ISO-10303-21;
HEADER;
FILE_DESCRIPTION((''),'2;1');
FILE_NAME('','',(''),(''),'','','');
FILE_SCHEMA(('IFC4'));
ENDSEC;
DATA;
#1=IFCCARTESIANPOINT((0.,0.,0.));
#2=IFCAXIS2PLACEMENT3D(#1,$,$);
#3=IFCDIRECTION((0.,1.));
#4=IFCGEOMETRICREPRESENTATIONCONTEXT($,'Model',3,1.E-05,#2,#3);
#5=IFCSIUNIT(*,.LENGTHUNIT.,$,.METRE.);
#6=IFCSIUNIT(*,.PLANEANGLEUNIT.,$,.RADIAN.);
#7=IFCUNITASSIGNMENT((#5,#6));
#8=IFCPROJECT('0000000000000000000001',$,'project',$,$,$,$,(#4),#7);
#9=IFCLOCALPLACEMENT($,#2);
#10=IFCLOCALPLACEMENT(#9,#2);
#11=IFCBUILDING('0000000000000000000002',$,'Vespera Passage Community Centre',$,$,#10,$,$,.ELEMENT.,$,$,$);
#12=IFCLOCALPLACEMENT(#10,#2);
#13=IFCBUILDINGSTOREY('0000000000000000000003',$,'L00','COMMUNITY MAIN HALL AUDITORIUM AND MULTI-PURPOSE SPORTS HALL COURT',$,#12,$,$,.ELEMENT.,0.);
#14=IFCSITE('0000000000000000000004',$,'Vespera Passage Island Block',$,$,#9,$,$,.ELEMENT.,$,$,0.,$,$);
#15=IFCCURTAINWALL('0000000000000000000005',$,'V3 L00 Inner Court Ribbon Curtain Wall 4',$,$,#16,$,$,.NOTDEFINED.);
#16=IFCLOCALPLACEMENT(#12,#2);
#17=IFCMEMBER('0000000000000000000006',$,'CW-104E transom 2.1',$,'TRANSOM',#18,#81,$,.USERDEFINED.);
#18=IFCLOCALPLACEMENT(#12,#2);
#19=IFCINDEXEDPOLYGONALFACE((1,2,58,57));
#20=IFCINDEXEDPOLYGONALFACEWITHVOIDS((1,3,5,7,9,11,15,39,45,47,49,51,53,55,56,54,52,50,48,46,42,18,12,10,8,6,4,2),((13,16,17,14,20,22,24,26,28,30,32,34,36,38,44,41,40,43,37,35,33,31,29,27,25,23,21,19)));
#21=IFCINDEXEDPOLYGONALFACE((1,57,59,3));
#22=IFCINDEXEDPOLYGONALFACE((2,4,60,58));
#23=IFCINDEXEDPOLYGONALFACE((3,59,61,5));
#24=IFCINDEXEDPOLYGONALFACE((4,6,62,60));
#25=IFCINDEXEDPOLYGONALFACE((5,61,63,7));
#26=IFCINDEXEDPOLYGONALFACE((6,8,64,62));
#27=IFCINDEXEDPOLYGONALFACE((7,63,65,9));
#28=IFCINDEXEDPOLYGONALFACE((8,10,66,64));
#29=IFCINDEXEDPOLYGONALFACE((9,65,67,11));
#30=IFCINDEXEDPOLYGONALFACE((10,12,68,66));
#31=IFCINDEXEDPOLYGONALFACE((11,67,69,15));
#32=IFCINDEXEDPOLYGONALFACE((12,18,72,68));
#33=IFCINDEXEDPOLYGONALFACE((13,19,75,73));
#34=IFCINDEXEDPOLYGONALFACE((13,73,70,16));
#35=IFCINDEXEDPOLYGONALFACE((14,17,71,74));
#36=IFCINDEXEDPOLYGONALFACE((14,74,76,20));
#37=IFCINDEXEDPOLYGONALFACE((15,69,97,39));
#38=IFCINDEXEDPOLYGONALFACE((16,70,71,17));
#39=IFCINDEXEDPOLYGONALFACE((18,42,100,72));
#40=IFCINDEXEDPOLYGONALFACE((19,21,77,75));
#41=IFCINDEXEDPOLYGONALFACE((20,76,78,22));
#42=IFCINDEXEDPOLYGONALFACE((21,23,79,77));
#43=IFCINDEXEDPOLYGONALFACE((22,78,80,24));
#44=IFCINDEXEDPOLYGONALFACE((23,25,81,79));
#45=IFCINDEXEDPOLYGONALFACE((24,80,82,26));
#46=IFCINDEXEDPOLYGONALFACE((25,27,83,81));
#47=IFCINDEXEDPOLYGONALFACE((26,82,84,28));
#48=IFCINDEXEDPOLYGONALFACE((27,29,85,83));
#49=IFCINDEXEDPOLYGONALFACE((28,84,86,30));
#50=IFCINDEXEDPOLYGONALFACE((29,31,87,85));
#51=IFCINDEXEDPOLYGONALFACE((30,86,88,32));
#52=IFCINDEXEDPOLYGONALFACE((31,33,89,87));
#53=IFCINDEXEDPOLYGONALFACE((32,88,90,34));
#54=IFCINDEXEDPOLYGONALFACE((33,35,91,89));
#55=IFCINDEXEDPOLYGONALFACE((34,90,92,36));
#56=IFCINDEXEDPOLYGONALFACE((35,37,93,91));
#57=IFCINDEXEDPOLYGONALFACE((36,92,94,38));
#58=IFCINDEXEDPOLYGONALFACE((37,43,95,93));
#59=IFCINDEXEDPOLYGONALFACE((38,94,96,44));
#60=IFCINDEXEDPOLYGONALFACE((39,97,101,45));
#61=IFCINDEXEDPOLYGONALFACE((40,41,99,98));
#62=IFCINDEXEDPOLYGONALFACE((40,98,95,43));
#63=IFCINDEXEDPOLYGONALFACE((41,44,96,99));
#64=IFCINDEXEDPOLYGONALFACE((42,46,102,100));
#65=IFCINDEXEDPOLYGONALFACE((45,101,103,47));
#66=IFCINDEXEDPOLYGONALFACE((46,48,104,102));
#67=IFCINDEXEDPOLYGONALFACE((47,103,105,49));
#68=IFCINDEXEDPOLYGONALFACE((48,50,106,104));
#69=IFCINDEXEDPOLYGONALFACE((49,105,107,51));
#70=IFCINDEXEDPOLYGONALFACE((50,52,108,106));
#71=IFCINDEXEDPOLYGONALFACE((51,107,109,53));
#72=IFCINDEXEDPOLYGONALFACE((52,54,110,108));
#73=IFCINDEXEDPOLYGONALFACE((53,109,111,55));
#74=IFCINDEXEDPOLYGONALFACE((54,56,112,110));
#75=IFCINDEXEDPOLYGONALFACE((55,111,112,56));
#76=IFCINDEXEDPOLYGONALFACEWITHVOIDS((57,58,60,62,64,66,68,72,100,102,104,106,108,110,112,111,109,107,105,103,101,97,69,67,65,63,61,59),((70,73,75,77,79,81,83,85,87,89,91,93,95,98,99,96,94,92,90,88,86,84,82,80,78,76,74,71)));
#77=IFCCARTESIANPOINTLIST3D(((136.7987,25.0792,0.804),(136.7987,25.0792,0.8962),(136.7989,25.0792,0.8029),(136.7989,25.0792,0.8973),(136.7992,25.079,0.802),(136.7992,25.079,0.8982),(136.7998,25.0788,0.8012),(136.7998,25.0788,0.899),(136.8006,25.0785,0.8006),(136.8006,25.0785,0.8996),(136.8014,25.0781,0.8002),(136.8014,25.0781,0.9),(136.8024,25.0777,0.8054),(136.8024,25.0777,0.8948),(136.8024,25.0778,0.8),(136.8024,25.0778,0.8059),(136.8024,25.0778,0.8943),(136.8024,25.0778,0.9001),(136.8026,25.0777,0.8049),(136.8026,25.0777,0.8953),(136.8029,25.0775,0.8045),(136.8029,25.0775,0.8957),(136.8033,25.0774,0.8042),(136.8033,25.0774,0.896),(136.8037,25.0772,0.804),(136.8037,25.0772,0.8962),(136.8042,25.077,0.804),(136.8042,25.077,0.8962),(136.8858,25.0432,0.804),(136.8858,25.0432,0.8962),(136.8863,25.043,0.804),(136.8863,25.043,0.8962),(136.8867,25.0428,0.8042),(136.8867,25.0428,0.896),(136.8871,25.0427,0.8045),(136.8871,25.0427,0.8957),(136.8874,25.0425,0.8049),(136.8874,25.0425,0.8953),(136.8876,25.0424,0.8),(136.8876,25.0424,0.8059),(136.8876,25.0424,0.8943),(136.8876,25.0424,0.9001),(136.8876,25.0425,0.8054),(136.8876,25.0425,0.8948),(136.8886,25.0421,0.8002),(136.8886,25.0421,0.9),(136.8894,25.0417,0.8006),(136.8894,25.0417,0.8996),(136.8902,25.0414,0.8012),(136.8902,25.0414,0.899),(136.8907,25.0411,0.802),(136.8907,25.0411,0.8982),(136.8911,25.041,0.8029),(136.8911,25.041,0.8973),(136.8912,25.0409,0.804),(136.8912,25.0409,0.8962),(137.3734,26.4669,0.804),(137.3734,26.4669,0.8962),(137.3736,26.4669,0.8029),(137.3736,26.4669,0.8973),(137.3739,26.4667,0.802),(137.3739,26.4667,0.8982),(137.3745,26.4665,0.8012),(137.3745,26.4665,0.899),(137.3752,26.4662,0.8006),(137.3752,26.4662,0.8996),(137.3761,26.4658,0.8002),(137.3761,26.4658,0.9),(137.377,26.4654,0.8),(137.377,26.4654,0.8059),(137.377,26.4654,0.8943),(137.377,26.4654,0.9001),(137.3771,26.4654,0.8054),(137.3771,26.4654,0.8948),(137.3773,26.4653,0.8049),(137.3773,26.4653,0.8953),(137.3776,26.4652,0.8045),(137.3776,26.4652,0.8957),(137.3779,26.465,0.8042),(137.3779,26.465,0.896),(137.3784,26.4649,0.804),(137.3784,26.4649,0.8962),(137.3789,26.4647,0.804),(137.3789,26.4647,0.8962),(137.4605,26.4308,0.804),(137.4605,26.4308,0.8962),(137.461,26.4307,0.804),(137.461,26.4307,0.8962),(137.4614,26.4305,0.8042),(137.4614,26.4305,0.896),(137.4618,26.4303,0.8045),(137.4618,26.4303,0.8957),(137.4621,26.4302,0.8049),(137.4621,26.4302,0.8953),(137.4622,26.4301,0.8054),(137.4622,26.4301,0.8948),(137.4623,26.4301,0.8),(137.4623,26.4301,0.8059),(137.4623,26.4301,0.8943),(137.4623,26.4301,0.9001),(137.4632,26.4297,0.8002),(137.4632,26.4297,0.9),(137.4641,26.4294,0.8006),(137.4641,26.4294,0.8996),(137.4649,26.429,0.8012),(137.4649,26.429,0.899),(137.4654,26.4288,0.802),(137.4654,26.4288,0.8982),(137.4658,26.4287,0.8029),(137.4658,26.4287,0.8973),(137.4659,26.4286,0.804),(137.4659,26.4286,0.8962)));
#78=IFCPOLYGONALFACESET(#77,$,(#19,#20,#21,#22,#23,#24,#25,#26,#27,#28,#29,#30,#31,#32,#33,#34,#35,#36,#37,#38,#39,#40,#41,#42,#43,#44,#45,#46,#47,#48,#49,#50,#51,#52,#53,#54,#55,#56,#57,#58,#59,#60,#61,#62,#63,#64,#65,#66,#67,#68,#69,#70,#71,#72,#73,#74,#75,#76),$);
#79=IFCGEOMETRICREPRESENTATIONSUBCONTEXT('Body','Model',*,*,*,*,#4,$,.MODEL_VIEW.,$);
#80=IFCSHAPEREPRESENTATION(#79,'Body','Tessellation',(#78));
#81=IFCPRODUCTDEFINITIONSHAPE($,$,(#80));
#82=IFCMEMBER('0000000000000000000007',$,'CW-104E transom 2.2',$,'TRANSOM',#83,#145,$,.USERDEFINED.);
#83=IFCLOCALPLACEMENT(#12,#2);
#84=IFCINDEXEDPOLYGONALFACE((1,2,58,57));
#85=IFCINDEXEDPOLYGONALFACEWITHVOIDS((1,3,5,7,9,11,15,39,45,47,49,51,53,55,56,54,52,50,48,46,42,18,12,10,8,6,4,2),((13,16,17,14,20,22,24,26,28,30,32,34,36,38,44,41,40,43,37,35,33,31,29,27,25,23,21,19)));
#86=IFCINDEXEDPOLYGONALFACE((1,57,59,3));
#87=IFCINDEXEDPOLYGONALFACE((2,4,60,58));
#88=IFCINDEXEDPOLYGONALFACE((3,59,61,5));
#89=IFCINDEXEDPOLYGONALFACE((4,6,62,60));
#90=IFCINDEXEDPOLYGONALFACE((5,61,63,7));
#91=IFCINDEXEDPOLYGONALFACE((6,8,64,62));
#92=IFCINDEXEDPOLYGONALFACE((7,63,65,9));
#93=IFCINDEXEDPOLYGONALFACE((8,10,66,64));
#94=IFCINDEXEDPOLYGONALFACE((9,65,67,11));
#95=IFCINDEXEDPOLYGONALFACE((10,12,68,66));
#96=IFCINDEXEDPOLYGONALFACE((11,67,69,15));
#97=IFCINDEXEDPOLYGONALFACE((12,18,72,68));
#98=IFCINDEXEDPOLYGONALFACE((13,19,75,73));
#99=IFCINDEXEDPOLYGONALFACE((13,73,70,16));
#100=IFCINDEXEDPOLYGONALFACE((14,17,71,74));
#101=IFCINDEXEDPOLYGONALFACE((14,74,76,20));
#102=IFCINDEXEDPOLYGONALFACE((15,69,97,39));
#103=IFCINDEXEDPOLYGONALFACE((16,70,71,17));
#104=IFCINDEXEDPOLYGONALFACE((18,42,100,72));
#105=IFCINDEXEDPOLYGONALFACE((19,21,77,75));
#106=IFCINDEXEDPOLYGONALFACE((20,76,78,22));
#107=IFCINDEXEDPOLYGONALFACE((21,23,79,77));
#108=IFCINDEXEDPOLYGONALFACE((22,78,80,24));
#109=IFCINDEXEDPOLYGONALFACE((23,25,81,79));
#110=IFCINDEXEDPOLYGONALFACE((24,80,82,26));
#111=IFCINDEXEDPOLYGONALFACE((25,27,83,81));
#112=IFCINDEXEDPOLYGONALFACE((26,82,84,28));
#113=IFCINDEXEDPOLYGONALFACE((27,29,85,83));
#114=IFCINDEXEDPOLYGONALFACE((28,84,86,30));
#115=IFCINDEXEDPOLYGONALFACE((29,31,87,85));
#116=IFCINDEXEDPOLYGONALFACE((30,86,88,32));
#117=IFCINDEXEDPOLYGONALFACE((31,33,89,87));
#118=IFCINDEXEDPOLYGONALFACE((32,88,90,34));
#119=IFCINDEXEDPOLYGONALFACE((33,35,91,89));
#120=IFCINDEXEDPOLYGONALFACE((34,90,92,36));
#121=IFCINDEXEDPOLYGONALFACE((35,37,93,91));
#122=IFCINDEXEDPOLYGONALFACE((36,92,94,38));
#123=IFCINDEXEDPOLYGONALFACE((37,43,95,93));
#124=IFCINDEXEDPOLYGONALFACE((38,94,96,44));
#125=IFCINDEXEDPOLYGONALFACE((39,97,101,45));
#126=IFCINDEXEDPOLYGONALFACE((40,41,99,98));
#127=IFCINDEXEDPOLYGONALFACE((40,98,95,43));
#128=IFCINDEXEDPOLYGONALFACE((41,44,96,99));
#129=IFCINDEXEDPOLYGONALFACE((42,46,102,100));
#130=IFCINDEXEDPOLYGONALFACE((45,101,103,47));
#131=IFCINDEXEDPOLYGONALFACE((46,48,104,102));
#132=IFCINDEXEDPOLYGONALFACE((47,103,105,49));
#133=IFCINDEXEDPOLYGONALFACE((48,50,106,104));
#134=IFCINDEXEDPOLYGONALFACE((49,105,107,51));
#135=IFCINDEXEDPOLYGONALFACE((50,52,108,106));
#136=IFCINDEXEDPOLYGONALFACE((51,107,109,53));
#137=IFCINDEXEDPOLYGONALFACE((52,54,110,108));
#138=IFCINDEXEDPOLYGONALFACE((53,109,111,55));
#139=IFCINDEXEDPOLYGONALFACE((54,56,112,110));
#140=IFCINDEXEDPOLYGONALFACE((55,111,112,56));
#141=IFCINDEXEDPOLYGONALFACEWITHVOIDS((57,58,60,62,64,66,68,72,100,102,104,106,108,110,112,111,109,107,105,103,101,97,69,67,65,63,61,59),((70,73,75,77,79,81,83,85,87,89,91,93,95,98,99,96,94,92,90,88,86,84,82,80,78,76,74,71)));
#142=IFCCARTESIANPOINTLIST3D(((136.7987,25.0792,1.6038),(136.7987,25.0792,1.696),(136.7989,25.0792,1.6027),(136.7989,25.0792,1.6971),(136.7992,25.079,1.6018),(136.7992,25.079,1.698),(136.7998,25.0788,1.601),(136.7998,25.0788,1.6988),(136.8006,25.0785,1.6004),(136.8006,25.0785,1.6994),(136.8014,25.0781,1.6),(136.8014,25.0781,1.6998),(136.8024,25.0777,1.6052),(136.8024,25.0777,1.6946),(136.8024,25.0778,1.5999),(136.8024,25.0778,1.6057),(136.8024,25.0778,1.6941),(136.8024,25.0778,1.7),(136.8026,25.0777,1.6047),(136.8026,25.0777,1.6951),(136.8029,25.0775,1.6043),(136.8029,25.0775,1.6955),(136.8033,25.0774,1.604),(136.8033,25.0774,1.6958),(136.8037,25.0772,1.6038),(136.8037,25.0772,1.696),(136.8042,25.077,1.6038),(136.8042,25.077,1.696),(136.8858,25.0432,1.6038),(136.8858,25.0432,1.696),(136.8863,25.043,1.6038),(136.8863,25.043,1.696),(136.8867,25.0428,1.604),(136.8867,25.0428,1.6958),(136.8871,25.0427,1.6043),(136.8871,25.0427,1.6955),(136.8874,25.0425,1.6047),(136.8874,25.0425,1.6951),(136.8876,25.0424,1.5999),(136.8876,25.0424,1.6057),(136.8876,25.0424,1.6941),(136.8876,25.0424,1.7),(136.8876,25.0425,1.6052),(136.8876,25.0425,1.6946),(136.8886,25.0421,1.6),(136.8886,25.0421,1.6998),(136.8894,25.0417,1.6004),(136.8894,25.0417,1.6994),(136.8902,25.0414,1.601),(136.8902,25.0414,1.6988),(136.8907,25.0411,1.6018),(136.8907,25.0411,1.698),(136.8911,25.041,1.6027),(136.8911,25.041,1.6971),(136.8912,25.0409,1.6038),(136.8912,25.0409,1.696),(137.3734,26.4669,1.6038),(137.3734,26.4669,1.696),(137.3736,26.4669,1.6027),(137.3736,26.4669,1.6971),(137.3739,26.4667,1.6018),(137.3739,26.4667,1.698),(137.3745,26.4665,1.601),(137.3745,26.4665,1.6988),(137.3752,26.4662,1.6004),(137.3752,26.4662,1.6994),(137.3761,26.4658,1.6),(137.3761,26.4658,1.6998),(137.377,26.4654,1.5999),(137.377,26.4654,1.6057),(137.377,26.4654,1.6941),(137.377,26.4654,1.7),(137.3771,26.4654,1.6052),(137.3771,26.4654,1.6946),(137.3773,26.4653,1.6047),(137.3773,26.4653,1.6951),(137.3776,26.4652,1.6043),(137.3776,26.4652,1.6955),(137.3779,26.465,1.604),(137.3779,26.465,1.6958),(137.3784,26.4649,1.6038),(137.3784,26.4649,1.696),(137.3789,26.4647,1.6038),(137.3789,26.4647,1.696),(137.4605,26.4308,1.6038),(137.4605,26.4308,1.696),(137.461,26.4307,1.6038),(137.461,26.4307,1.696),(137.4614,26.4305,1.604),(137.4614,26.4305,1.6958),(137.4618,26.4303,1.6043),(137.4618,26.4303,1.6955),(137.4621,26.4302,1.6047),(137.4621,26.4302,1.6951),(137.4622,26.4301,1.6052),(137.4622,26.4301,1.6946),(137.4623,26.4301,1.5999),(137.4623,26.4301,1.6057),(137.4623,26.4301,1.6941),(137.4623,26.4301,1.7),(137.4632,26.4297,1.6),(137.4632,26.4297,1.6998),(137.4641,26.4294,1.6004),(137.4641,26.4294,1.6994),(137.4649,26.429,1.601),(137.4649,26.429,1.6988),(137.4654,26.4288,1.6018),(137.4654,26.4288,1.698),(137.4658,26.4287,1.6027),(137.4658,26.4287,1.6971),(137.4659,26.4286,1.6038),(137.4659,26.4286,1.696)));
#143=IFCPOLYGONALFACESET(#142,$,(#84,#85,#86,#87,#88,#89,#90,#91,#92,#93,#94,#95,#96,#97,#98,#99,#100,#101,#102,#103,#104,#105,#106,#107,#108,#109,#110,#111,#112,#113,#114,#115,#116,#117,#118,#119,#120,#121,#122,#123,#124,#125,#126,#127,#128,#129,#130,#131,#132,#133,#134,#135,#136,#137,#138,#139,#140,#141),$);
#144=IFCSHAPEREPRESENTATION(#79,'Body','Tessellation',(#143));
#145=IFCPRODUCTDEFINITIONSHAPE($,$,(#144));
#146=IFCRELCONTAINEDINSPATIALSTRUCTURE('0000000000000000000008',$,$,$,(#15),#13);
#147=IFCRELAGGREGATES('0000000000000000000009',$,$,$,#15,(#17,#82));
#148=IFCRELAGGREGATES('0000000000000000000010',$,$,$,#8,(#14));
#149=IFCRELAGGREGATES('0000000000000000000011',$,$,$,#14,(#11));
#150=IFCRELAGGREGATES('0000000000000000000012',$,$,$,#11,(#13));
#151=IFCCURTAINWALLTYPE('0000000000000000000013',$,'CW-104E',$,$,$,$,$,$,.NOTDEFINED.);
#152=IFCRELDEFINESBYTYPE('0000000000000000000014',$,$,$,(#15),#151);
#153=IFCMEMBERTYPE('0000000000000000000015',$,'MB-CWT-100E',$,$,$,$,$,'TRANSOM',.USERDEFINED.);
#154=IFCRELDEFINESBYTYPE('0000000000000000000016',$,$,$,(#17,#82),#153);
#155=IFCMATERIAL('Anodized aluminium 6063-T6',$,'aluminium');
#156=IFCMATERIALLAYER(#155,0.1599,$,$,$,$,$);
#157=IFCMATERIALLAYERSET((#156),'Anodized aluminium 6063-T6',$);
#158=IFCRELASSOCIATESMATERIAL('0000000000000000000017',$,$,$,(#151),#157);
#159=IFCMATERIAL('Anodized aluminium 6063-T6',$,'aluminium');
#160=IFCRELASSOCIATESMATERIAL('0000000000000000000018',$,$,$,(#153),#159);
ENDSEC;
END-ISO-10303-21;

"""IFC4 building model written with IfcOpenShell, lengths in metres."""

from ifc_helpers import new_model, si_unit, direction, frame, origin, origin_2d, place, context, subcontext, project, spatial, hollow_rectangle, extrude, material, layer, layer_set, material_profile, profile_set, type_object, element, aggregate, save


model = new_model("IFC4")

# Units and contexts
model_context = context("Model", 3, precision=1e-05, world=origin(), true_north=direction((0.0, 1.0)))
body_context = subcontext(model_context, "Body", "Model", "MODEL_VIEW")
ifc_project = project(units=[si_unit("LENGTHUNIT", "METRE"), si_unit("PLANEANGLEUNIT", "RADIAN")], contexts=[model_context])

# Site, building, storey
site_placement = place(None, origin())
site = spatial("IfcSite", under=ifc_project, at=site_placement, Name="Vespera Passage Island Block", CompositionType="ELEMENT", RefElevation=0.0)
building_placement = place(site_placement, origin())
building = spatial("IfcBuilding", under=site, at=building_placement, Name="Vespera Passage Community Centre", CompositionType="ELEMENT")
storey_placement = place(building_placement, origin())
storey = spatial("IfcBuildingStorey", under=building, at=storey_placement, Name="L00", Description="COMMUNITY MAIN HALL AUDITORIUM AND MULTI-PURPOSE SPORTS HALL COURT", CompositionType="ELEMENT", Elevation=0.0)

# Curtain wall
ifc_material_1 = material(Name="Anodized aluminium 6063-T6", Category="aluminium")
ifc_layer_1 = layer(ifc_material_1, 0.1599)
ifc_layer_set_1 = layer_set([ifc_layer_1], Name="Anodized aluminium 6063-T6")
curtain_wall_type = type_object("IfcCurtainWallType", Name="CW-104E", PredefinedType="NOTDEFINED", material=ifc_layer_set_1)
curtain_wall_1_placement = place(storey_placement, origin())
curtain_wall_1 = element("IfcCurtainWall", 1, at=curtain_wall_1_placement, inside=storey, type_object=curtain_wall_type, Name="V3 L00 Inner Court Ribbon Curtain Wall 4", PredefinedType="NOTDEFINED")

# Members
ifc_material_2 = material(Name="Anodized aluminium 6063-T6", Category="aluminium")
ifc_material_profile_1 = material_profile(ifc_material_2, hollow_rectangle(XDim=0.1001, YDim=0.1001, WallThickness=0.0039, InnerFilletRadius=0.002, OuterFilletRadius=0.0039, at=origin_2d()), Name="ALU100X100X4")
ifc_profile_set_1 = profile_set([ifc_material_profile_1], Name="Anodized aluminium 6063-T6")
member_type_1 = type_object("IfcMemberType", Name="MB-CWT-100E", ElementType="TRANSOM", PredefinedType="USERDEFINED", material=ifc_profile_set_1)
member_1_placement = place(storey_placement, frame((137.4197, 26.4478, 0.8501), z_axis=(-0.382629, -0.923902, 0.0), x_axis=(0.923902, -0.382629, 0.0)))
member_1 = element("IfcMember", 2, at=member_1_placement, type_object=member_type_1, Name="CW-104E transom 2.1", ObjectType="TRANSOM", PredefinedType="USERDEFINED", context=body_context, shape_type="SweptSolid", body=[
    extrude(hollow_rectangle(XDim=0.1001, YDim=0.1001, WallThickness=0.0039, InnerFilletRadius=0.002, OuterFilletRadius=0.0039, at=origin_2d()), origin(), (0.0, 0.0, 1.0), 1.502),
])
member_2_placement = place(storey_placement, frame((137.4197, 26.4478, 1.6499), z_axis=(-0.382629, -0.923902, 0.0), x_axis=(0.923902, -0.382629, 0.0)))
member_2 = element("IfcMember", 3, at=member_2_placement, type_object=member_type_1, Name="CW-104E transom 2.2", ObjectType="TRANSOM", PredefinedType="USERDEFINED", context=body_context, shape_type="SweptSolid", body=[
    extrude(hollow_rectangle(XDim=0.1001, YDim=0.1001, WallThickness=0.0039, InnerFilletRadius=0.002, OuterFilletRadius=0.0039, at=origin_2d()), origin(), (0.0, 0.0, 1.0), 1.502),
])

aggregate(curtain_wall_1, [member_1, member_2])

save(model, "model.ifc")
